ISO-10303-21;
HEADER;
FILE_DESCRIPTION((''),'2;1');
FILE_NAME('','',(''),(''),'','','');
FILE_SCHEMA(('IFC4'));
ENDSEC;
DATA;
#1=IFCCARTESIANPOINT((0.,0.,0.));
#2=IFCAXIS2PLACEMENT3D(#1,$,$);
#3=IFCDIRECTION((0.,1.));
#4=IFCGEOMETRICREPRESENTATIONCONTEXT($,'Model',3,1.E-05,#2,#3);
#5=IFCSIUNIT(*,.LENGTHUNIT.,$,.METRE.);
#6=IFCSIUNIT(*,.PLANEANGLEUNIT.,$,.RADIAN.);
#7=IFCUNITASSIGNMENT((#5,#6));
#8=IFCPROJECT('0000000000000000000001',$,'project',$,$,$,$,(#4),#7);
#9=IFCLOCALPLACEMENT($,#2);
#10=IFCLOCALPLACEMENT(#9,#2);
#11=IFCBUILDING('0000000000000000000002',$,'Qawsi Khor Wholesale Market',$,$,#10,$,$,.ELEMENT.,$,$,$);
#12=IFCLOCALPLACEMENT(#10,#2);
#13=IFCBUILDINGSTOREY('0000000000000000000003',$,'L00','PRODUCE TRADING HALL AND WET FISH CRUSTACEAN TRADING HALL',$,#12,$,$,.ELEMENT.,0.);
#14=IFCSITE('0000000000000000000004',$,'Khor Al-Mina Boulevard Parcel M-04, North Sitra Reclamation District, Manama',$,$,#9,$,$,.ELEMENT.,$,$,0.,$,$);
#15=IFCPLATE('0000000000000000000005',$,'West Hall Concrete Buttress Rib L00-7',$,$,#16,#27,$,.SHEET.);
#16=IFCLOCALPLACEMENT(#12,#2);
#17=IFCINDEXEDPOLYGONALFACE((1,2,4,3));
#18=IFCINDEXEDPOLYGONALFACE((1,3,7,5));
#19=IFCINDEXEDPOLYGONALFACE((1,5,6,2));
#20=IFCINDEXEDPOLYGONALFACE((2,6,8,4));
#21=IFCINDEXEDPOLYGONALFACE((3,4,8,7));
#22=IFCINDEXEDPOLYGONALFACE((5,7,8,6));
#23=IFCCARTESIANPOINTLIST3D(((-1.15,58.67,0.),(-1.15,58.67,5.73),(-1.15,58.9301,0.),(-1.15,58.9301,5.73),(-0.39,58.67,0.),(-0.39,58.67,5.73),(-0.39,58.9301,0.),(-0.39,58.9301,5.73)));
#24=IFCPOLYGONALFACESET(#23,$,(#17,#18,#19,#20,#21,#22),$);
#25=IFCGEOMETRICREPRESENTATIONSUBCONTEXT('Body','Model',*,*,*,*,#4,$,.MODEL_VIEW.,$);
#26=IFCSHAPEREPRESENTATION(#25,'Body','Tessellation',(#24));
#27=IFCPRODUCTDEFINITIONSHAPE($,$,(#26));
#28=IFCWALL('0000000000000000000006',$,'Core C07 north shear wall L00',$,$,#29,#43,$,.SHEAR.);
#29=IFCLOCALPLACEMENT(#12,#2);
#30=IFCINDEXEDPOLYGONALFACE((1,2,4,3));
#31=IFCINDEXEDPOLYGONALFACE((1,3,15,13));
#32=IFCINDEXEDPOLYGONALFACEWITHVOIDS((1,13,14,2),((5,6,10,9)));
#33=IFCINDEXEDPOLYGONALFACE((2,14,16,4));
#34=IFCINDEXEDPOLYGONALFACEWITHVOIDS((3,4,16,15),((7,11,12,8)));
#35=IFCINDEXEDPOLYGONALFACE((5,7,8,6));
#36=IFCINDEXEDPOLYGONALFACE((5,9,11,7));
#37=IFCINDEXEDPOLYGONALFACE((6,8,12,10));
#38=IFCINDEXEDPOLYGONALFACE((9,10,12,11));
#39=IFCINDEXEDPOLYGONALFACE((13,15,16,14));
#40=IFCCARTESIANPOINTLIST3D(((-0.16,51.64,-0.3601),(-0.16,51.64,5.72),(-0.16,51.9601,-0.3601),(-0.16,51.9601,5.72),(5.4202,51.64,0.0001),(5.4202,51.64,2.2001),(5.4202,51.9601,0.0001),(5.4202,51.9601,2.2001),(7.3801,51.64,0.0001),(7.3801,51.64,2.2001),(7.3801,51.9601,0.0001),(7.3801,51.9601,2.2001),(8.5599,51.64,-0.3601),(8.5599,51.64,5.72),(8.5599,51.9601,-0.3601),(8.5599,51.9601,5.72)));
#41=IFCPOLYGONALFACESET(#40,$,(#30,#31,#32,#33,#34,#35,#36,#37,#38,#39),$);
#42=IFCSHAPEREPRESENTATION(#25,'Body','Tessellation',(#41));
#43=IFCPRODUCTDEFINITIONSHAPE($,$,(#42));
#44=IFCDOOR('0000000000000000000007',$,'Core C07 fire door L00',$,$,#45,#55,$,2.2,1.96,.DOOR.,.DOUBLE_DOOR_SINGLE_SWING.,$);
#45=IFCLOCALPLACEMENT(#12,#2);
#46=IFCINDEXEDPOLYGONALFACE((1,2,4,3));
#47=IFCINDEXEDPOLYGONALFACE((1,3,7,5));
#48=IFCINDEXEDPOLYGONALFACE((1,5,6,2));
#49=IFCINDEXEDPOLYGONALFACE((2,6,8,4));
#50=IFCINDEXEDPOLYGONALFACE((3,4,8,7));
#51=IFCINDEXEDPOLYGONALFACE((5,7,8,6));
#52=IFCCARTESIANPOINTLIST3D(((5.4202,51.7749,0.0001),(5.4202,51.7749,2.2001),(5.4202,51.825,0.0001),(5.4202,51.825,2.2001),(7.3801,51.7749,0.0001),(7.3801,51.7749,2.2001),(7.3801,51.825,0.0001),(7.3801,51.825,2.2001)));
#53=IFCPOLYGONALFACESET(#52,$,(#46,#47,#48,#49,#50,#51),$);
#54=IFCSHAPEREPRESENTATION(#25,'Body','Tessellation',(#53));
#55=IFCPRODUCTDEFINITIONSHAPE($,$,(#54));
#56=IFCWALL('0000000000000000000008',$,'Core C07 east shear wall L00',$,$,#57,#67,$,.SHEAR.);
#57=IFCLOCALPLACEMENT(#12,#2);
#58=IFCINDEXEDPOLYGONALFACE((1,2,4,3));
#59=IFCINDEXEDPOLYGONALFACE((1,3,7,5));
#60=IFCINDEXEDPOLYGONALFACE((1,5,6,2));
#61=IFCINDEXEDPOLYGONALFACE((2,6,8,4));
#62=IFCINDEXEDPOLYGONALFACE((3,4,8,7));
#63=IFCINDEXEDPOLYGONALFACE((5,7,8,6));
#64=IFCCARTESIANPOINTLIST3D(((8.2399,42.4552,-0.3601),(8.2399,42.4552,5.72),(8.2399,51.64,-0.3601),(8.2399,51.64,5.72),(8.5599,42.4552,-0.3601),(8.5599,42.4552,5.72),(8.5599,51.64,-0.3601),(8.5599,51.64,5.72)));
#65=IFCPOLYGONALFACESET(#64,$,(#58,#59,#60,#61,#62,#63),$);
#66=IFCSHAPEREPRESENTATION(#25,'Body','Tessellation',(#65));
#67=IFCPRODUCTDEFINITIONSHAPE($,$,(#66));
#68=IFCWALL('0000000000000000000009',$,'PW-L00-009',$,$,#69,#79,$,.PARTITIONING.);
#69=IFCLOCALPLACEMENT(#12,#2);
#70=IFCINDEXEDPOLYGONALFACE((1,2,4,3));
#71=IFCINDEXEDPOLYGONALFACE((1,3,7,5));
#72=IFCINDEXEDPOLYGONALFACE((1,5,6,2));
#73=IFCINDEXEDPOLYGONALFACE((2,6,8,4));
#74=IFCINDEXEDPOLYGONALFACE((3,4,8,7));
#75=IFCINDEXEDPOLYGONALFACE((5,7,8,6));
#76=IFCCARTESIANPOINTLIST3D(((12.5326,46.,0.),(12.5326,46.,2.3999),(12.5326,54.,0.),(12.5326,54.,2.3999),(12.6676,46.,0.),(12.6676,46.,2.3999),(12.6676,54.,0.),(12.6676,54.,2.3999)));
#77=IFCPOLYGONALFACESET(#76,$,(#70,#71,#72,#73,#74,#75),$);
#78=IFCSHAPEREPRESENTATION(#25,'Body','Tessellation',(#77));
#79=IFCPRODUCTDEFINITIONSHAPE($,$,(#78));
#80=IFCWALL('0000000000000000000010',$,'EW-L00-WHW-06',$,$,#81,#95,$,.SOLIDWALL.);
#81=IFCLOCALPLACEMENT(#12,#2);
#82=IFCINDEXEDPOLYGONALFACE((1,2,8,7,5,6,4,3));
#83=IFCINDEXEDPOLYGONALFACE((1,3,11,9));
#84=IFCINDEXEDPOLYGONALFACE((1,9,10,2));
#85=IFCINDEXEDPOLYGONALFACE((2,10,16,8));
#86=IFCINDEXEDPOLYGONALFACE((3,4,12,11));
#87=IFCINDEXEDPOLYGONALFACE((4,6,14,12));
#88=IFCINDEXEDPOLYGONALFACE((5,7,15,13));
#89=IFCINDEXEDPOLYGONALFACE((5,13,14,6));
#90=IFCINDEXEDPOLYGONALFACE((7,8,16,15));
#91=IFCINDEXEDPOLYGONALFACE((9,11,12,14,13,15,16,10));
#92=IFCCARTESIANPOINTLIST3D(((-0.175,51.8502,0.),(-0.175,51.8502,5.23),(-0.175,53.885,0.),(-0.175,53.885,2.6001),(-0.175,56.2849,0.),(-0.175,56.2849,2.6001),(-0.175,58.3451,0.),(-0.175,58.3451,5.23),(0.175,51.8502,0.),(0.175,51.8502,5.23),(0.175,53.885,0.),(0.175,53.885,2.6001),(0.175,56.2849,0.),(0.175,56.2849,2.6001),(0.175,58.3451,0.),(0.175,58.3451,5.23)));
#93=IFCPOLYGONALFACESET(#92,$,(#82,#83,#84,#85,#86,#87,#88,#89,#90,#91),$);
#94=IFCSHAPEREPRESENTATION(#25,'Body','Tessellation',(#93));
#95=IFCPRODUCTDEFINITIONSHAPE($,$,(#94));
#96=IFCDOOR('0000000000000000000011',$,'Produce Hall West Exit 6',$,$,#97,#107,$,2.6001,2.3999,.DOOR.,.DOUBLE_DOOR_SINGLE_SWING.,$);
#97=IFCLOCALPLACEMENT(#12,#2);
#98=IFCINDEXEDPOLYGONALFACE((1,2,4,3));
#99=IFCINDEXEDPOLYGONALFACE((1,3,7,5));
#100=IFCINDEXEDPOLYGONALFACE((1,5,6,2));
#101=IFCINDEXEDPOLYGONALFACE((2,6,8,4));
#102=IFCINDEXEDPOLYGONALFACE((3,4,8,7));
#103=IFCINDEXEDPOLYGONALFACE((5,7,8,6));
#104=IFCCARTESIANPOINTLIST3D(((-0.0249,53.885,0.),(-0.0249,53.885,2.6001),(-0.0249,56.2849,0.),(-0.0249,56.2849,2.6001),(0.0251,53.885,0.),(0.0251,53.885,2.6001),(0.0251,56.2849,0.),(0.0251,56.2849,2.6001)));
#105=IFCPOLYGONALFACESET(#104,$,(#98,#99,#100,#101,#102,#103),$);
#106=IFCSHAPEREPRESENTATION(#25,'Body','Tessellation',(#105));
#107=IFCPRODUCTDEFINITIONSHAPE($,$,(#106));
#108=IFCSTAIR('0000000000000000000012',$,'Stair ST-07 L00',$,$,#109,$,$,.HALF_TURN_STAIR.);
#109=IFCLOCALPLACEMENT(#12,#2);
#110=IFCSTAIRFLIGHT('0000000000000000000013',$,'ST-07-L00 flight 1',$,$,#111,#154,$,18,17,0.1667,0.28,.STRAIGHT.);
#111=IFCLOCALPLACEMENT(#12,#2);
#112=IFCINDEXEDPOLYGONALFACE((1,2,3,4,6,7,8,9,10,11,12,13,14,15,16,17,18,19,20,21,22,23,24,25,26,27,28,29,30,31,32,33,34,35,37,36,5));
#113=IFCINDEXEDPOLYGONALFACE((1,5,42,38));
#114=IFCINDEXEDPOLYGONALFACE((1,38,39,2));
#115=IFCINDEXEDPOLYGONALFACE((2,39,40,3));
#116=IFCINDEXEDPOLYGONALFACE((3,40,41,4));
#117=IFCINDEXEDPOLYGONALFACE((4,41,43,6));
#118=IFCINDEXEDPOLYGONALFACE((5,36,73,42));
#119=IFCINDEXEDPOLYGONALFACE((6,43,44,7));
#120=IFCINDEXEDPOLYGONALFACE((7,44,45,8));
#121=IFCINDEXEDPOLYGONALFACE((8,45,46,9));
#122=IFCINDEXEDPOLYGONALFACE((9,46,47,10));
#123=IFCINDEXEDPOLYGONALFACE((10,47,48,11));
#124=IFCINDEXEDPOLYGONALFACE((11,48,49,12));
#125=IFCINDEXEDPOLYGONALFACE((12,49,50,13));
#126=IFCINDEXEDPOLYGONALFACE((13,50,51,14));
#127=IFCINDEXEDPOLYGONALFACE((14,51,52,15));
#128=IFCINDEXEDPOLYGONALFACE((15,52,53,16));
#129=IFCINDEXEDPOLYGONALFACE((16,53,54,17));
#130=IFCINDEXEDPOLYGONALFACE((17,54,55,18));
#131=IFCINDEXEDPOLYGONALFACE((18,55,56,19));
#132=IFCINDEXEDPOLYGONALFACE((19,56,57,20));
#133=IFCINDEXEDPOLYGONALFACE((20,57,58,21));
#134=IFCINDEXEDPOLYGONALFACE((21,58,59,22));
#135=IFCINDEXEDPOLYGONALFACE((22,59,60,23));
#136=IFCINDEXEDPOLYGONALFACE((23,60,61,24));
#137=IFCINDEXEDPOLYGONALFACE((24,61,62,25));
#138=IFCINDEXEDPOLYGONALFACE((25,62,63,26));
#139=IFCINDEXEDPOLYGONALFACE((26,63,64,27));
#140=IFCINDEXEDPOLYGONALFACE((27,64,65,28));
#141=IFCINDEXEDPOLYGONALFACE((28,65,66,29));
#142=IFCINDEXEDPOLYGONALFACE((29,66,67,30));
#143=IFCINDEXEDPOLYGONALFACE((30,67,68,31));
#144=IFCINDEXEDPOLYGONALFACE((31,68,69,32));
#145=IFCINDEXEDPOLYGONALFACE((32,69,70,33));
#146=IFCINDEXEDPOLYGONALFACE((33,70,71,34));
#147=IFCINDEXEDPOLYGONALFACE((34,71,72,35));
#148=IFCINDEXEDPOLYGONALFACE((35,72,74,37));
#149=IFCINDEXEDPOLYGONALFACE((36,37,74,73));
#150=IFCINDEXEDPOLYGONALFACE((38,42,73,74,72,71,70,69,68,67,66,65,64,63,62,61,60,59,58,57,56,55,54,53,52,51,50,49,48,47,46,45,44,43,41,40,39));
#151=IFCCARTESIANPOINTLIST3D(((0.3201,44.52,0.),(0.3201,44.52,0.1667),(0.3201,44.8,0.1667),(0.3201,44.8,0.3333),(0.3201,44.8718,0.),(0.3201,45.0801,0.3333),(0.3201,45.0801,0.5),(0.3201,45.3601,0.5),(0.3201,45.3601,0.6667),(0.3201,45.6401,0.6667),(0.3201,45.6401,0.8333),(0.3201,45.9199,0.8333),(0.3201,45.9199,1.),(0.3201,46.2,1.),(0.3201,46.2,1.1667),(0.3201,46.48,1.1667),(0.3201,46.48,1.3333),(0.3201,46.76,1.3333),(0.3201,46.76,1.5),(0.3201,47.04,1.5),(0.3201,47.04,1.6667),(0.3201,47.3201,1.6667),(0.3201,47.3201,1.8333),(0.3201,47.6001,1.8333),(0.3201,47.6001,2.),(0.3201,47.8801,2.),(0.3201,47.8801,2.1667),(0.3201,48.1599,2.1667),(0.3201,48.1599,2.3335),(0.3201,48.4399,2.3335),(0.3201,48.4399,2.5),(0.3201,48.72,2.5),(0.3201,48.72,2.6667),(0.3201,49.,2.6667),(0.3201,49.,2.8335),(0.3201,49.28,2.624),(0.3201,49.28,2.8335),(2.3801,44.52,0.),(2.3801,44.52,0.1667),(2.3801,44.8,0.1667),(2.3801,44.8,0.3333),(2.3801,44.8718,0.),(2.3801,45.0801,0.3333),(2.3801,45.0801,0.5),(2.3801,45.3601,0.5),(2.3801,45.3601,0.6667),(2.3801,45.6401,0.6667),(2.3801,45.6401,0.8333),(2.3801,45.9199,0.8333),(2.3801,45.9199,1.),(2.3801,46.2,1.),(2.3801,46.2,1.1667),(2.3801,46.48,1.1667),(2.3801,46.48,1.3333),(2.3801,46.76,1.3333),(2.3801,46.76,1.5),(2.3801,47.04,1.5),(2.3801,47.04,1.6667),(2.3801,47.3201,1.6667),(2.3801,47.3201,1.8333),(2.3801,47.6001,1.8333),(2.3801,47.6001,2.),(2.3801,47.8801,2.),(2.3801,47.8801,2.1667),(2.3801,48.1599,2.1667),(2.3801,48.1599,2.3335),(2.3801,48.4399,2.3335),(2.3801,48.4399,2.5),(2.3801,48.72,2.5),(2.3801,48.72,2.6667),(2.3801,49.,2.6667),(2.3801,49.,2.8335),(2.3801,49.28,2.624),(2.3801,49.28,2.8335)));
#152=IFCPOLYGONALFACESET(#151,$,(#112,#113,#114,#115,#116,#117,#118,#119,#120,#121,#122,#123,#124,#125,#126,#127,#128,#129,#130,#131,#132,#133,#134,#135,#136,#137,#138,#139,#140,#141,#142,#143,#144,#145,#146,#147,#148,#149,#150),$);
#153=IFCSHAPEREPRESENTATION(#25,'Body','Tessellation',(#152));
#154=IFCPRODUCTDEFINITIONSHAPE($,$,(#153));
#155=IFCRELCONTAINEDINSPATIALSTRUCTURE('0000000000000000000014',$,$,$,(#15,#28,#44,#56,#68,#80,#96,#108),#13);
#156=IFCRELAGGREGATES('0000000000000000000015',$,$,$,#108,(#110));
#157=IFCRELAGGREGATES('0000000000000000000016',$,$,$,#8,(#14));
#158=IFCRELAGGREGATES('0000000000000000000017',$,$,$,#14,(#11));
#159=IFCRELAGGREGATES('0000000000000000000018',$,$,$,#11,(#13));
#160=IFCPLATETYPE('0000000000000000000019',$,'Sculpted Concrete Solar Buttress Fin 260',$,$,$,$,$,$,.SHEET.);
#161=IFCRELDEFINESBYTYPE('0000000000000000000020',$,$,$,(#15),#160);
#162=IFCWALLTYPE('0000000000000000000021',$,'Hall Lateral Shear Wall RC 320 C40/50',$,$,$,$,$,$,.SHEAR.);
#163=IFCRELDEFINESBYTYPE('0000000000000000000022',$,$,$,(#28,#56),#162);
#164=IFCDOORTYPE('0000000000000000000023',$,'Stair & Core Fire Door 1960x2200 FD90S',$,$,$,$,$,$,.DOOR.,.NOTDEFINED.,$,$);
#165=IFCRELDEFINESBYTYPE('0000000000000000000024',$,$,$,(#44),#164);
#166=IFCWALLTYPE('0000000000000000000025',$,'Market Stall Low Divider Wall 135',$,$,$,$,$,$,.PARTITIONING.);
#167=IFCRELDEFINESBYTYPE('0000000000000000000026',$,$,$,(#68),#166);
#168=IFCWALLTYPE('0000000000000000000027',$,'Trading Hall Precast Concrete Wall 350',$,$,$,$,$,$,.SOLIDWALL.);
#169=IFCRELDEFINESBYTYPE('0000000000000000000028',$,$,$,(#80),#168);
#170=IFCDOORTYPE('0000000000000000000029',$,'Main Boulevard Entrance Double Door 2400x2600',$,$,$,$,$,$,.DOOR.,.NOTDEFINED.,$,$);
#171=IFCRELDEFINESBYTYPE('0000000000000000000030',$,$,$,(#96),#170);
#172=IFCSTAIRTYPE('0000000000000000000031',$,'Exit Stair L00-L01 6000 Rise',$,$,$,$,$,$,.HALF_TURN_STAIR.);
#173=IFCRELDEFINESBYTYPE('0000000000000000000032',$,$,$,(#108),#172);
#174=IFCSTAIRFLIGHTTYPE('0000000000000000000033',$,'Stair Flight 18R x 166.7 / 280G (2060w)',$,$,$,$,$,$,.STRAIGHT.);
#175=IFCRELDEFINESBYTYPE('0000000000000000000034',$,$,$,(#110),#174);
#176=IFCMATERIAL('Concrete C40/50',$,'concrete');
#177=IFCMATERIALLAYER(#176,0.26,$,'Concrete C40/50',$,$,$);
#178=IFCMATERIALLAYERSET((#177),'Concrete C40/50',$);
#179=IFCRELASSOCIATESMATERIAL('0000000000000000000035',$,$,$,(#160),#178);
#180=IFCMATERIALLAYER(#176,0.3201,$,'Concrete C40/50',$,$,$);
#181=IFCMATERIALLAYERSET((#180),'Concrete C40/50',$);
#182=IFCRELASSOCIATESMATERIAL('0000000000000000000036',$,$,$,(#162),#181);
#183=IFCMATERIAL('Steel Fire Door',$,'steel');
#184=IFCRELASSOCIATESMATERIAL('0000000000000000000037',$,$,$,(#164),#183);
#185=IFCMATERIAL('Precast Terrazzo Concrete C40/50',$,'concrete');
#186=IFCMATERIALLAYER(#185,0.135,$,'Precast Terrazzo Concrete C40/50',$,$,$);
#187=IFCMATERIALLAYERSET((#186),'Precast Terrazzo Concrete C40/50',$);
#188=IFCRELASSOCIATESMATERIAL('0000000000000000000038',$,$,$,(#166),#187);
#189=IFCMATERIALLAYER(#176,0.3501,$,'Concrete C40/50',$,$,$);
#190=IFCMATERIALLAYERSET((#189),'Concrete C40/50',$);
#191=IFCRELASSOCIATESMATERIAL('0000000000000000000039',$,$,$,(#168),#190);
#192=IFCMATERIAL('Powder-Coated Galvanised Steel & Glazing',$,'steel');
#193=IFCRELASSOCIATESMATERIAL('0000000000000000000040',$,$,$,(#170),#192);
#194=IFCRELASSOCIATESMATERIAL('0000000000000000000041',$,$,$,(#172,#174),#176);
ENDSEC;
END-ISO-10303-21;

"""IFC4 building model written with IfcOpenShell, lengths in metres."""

from ifc_helpers import new_model, si_unit, direction, frame, frame_2d, origin, place, context, subcontext, project, spatial, polyline, rectangle, outline, extrude, material, layer, layer_set, type_object, element, fill, aggregate, save


model = new_model("IFC4")

# Units and contexts
model_context = context("Model", 3, precision=1e-05, world=origin(), true_north=direction((0.0, 1.0)))
body_context = subcontext(model_context, "Body", "Model", "MODEL_VIEW")
ifc_project = project(units=[si_unit("LENGTHUNIT", "METRE"), si_unit("PLANEANGLEUNIT", "RADIAN")], contexts=[model_context])

# Site, building, storey
site_placement = place(None, origin())
site = spatial("IfcSite", under=ifc_project, at=site_placement, Name="Khor Al-Mina Boulevard Parcel M-04, North Sitra Reclamation District, Manama", CompositionType="ELEMENT", RefElevation=0.0)
building_placement = place(site_placement, origin())
building = spatial("IfcBuilding", under=site, at=building_placement, Name="Qawsi Khor Wholesale Market", CompositionType="ELEMENT")
storey_placement = place(building_placement, origin())
storey = spatial("IfcBuildingStorey", under=building, at=storey_placement, Name="L00", Description="PRODUCE TRADING HALL AND WET FISH CRUSTACEAN TRADING HALL", CompositionType="ELEMENT", Elevation=0.0)

# Shared definitions
ifc_material_1 = material(Name="Concrete C40/50", Category="concrete")

# Plate
ifc_layer_1 = layer(ifc_material_1, 0.26, Name="Concrete C40/50")
ifc_layer_set_1 = layer_set([ifc_layer_1], Name="Concrete C40/50")
plate_type = type_object("IfcPlateType", Name="Sculpted Concrete Solar Buttress Fin 260", PredefinedType="SHEET", material=ifc_layer_set_1)
for number, where, z_axis, x_axis, name in (
    (1, (-1.1499, 58.8, 0.0), (0.0, 0.0, 1.0), (1.0, 0.0, 0.0), "West Hall Concrete Buttress Rib L00-7"),
):
    element("IfcPlate", number, at=place(storey_placement, frame(where, z_axis=z_axis, x_axis=x_axis)), inside=storey, type_object=plate_type, Name=name, PredefinedType="SHEET", context=body_context, shape_type="SweptSolid", body=[
        extrude(rectangle(XDim=0.76, YDim=0.26, at=frame_2d((0.3799, 0.0))), origin(), (0.0, 0.0, 1.0), 5.73),
    ])

# Wall, opening, door
ifc_layer_2 = layer(ifc_material_1, 0.3201, Name="Concrete C40/50")
ifc_layer_set_2 = layer_set([ifc_layer_2], Name="Concrete C40/50")
wall_type_1 = type_object("IfcWallType", Name="Hall Lateral Shear Wall RC 320 C40/50", PredefinedType="SHEAR", material=ifc_layer_set_2)
wall_1_placement = place(storey_placement, frame((-0.1599, 51.8, -0.3601), z_axis=(0.0, 0.0, 1.0), x_axis=(1.0, 0.0, 0.0)))
wall_1 = element("IfcWall", 2, at=wall_1_placement, inside=storey, type_object=wall_type_1, Name="Core C07 north shear wall L00", PredefinedType="SHEAR", context=body_context, shape_type="SweptSolid", body=[
    extrude(rectangle(XDim=8.72, YDim=0.3201, at=frame_2d((4.3599, 0.0))), origin(), (0.0, 0.0, 1.0), 6.0801),
])
opening_1_placement = place(wall_1_placement, frame((5.5801, 0.0, 0.3601)))
opening_1 = element("IfcOpeningElement", 3, at=opening_1_placement, cuts=wall_1, PredefinedType="OPENING", context=body_context, shape_type="SweptSolid", body=[
    extrude(rectangle(XDim=1.96, YDim=2.2, at=frame_2d((0.98, 1.1001))), frame((0.0, 0.1699, 0.0), z_axis=(0.0, -1.0, 0.0), x_axis=(1.0, 0.0, 0.0)), (0.0, 0.0, 1.0), 0.3401),
])
ifc_material_2 = material(Name="Steel Fire Door", Category="steel")
door_type_1 = type_object("IfcDoorType", Name="Stair & Core Fire Door 1960x2200 FD90S", OperationType="NOTDEFINED", PredefinedType="DOOR", material=ifc_material_2)
door_1_placement = place(opening_1_placement, origin())
door_1 = element("IfcDoor", 4, at=door_1_placement, inside=storey, type_object=door_type_1, Name="Core C07 fire door L00", OperationType="DOUBLE_DOOR_SINGLE_SWING", OverallHeight=2.2, OverallWidth=1.96, PredefinedType="DOOR", context=body_context, shape_type="SweptSolid", body=[
    extrude(rectangle(XDim=1.96, YDim=2.2, at=frame_2d((0.98, 1.1001))), frame((0.0, 0.0249, 0.0), z_axis=(0.0, -1.0, 0.0), x_axis=(1.0, 0.0, 0.0)), (0.0, 0.0, 1.0), 0.05),
])
fill(opening_1, door_1)

# Wall
wall_2_placement = place(storey_placement, frame((8.3999, 51.6399, -0.3601), z_axis=(0.0, 0.0, 1.0), x_axis=(0.0, -1.0, 0.0)))
element("IfcWall", 5, at=wall_2_placement, inside=storey, type_object=wall_type_1, Name="Core C07 east shear wall L00", PredefinedType="SHEAR", context=body_context, shape_type="SweptSolid", body=[
    extrude(rectangle(XDim=9.1848, YDim=0.3201, at=frame_2d((4.5923, 0.0))), origin(), (0.0, 0.0, 1.0), 6.0801),
])

# Wall
ifc_material_3 = material(Name="Precast Terrazzo Concrete C40/50", Category="concrete")
ifc_layer_3 = layer(ifc_material_3, 0.135, Name="Precast Terrazzo Concrete C40/50")
ifc_layer_set_3 = layer_set([ifc_layer_3], Name="Precast Terrazzo Concrete C40/50")
wall_type_2 = type_object("IfcWallType", Name="Market Stall Low Divider Wall 135", PredefinedType="PARTITIONING", material=ifc_layer_set_3)
wall_3_placement = place(storey_placement, frame((12.6001, 46.0, 0.0), z_axis=(0.0, 0.0, 1.0), x_axis=(0.0, 1.0, 0.0)))
element("IfcWall", 6, at=wall_3_placement, inside=storey, type_object=wall_type_2, Name="PW-L00-009", PredefinedType="PARTITIONING", context=body_context, shape_type="SweptSolid", body=[
    extrude(rectangle(XDim=8.0, YDim=0.135, at=frame_2d((4.0, 0.0))), origin(), (0.0, 0.0, 1.0), 2.3999),
])

# Wall, opening, door
ifc_layer_4 = layer(ifc_material_1, 0.3501, Name="Concrete C40/50")
ifc_layer_set_4 = layer_set([ifc_layer_4], Name="Concrete C40/50")
wall_type_3 = type_object("IfcWallType", Name="Trading Hall Precast Concrete Wall 350", PredefinedType="SOLIDWALL", material=ifc_layer_set_4)
wall_4_placement = place(storey_placement, frame((0.0, 51.8501, 0.0), z_axis=(0.0, 0.0, 1.0), x_axis=(0.0, 1.0, 0.0)))
wall_4 = element("IfcWall", 7, at=wall_4_placement, inside=storey, type_object=wall_type_3, Name="EW-L00-WHW-06", PredefinedType="SOLIDWALL", context=body_context, shape_type="SweptSolid", body=[
    extrude(rectangle(XDim=6.4949, YDim=0.3501, at=frame_2d((3.2476, 0.0))), origin(), (0.0, 0.0, 1.0), 5.23),
])
opening_2_placement = place(wall_4_placement, frame((2.0349, 0.0, 0.0)))
opening_2 = element("IfcOpeningElement", 8, at=opening_2_placement, cuts=wall_4, PredefinedType="OPENING", context=body_context, shape_type="SweptSolid", body=[
    extrude(rectangle(XDim=2.3999, YDim=2.6001, at=frame_2d((1.2, 1.3))), frame((0.0, 0.1851, 0.0), z_axis=(0.0, -1.0, 0.0), x_axis=(1.0, 0.0, 0.0)), (0.0, 0.0, 1.0), 0.3701),
])
ifc_material_4 = material(Name="Powder-Coated Galvanised Steel & Glazing", Category="steel")
door_type_2 = type_object("IfcDoorType", Name="Main Boulevard Entrance Double Door 2400x2600", OperationType="NOTDEFINED", PredefinedType="DOOR", material=ifc_material_4)
door_2_placement = place(opening_2_placement, origin())
door_2 = element("IfcDoor", 9, at=door_2_placement, inside=storey, type_object=door_type_2, Name="Produce Hall West Exit 6", OperationType="DOUBLE_DOOR_SINGLE_SWING", OverallHeight=2.6001, OverallWidth=2.3999, PredefinedType="DOOR", context=body_context, shape_type="SweptSolid", body=[
    extrude(rectangle(XDim=2.3999, YDim=2.6001, at=frame_2d((1.2, 1.3))), frame((0.0, 0.0249, 0.0), z_axis=(0.0, -1.0, 0.0), x_axis=(1.0, 0.0, 0.0)), (0.0, 0.0, 1.0), 0.05),
])
fill(opening_2, door_2)

# Stair, stair flight
stair_type = type_object("IfcStairType", Name="Exit Stair L00-L01 6000 Rise", PredefinedType="HALF_TURN_STAIR", material=ifc_material_1)
stair_placement = place(storey_placement, origin())
stair = element("IfcStair", 10, at=stair_placement, inside=storey, type_object=stair_type, Name="Stair ST-07 L00", PredefinedType="HALF_TURN_STAIR")
stair_flight_type = type_object("IfcStairFlightType", Name="Stair Flight 18R x 166.7 / 280G (2060w)", PredefinedType="STRAIGHT", material=ifc_material_1)
stair_flight_1_placement = place(storey_placement, frame((1.3501, 44.52, 0.0), z_axis=(0.0, 0.0, 1.0), x_axis=(0.0, 1.0, 0.0)))
stair_flight_1 = element("IfcStairFlight", 11, at=stair_flight_1_placement, type_object=stair_flight_type, Name="ST-07-L00 flight 1", NumberOfRisers=18, NumberOfTreads=17, PredefinedType="STRAIGHT", RiserHeight=0.1667, TreadLength=0.28, context=body_context, shape_type="SweptSolid", body=[
    extrude(outline(polyline([(0.0, 0.0), (0.0, 0.1667), (0.28, 0.1667), (0.28, 0.3333), (0.5601, 0.3333), (0.5601, 0.5), (0.8401, 0.5), (0.8401, 0.6667), (1.1201, 0.6667), (1.1201, 0.8333), (1.3999, 0.8333), (1.3999, 1.0), (1.6799, 1.0), (1.6799, 1.1667), (1.96, 1.1667), (1.96, 1.3333), (2.24, 1.3333), (2.24, 1.5), (2.52, 1.5), (2.52, 1.6667), (2.8, 1.6667), (2.8, 1.8333), (3.0801, 1.8333), (3.0801, 2.0), (3.3601, 2.0), (3.3601, 2.1667), (3.6399, 2.1667), (3.6399, 2.3335), (3.9199, 2.3335), (3.9199, 2.5), (4.2, 2.5), (4.2, 2.6667), (4.48, 2.6667), (4.48, 2.8335), (4.76, 2.8335), (4.76, 3.0), (4.76, 2.624), (0.3518, 0.0), (0.0, 0.0)])), frame((0.0, 1.03, 0.0), z_axis=(0.0, -1.0, 0.0), x_axis=(1.0, 0.0, 0.0)), (0.0, 0.0, 1.0), 2.0601),
])
aggregate(stair, [stair_flight_1])

save(model, "model.ifc")
